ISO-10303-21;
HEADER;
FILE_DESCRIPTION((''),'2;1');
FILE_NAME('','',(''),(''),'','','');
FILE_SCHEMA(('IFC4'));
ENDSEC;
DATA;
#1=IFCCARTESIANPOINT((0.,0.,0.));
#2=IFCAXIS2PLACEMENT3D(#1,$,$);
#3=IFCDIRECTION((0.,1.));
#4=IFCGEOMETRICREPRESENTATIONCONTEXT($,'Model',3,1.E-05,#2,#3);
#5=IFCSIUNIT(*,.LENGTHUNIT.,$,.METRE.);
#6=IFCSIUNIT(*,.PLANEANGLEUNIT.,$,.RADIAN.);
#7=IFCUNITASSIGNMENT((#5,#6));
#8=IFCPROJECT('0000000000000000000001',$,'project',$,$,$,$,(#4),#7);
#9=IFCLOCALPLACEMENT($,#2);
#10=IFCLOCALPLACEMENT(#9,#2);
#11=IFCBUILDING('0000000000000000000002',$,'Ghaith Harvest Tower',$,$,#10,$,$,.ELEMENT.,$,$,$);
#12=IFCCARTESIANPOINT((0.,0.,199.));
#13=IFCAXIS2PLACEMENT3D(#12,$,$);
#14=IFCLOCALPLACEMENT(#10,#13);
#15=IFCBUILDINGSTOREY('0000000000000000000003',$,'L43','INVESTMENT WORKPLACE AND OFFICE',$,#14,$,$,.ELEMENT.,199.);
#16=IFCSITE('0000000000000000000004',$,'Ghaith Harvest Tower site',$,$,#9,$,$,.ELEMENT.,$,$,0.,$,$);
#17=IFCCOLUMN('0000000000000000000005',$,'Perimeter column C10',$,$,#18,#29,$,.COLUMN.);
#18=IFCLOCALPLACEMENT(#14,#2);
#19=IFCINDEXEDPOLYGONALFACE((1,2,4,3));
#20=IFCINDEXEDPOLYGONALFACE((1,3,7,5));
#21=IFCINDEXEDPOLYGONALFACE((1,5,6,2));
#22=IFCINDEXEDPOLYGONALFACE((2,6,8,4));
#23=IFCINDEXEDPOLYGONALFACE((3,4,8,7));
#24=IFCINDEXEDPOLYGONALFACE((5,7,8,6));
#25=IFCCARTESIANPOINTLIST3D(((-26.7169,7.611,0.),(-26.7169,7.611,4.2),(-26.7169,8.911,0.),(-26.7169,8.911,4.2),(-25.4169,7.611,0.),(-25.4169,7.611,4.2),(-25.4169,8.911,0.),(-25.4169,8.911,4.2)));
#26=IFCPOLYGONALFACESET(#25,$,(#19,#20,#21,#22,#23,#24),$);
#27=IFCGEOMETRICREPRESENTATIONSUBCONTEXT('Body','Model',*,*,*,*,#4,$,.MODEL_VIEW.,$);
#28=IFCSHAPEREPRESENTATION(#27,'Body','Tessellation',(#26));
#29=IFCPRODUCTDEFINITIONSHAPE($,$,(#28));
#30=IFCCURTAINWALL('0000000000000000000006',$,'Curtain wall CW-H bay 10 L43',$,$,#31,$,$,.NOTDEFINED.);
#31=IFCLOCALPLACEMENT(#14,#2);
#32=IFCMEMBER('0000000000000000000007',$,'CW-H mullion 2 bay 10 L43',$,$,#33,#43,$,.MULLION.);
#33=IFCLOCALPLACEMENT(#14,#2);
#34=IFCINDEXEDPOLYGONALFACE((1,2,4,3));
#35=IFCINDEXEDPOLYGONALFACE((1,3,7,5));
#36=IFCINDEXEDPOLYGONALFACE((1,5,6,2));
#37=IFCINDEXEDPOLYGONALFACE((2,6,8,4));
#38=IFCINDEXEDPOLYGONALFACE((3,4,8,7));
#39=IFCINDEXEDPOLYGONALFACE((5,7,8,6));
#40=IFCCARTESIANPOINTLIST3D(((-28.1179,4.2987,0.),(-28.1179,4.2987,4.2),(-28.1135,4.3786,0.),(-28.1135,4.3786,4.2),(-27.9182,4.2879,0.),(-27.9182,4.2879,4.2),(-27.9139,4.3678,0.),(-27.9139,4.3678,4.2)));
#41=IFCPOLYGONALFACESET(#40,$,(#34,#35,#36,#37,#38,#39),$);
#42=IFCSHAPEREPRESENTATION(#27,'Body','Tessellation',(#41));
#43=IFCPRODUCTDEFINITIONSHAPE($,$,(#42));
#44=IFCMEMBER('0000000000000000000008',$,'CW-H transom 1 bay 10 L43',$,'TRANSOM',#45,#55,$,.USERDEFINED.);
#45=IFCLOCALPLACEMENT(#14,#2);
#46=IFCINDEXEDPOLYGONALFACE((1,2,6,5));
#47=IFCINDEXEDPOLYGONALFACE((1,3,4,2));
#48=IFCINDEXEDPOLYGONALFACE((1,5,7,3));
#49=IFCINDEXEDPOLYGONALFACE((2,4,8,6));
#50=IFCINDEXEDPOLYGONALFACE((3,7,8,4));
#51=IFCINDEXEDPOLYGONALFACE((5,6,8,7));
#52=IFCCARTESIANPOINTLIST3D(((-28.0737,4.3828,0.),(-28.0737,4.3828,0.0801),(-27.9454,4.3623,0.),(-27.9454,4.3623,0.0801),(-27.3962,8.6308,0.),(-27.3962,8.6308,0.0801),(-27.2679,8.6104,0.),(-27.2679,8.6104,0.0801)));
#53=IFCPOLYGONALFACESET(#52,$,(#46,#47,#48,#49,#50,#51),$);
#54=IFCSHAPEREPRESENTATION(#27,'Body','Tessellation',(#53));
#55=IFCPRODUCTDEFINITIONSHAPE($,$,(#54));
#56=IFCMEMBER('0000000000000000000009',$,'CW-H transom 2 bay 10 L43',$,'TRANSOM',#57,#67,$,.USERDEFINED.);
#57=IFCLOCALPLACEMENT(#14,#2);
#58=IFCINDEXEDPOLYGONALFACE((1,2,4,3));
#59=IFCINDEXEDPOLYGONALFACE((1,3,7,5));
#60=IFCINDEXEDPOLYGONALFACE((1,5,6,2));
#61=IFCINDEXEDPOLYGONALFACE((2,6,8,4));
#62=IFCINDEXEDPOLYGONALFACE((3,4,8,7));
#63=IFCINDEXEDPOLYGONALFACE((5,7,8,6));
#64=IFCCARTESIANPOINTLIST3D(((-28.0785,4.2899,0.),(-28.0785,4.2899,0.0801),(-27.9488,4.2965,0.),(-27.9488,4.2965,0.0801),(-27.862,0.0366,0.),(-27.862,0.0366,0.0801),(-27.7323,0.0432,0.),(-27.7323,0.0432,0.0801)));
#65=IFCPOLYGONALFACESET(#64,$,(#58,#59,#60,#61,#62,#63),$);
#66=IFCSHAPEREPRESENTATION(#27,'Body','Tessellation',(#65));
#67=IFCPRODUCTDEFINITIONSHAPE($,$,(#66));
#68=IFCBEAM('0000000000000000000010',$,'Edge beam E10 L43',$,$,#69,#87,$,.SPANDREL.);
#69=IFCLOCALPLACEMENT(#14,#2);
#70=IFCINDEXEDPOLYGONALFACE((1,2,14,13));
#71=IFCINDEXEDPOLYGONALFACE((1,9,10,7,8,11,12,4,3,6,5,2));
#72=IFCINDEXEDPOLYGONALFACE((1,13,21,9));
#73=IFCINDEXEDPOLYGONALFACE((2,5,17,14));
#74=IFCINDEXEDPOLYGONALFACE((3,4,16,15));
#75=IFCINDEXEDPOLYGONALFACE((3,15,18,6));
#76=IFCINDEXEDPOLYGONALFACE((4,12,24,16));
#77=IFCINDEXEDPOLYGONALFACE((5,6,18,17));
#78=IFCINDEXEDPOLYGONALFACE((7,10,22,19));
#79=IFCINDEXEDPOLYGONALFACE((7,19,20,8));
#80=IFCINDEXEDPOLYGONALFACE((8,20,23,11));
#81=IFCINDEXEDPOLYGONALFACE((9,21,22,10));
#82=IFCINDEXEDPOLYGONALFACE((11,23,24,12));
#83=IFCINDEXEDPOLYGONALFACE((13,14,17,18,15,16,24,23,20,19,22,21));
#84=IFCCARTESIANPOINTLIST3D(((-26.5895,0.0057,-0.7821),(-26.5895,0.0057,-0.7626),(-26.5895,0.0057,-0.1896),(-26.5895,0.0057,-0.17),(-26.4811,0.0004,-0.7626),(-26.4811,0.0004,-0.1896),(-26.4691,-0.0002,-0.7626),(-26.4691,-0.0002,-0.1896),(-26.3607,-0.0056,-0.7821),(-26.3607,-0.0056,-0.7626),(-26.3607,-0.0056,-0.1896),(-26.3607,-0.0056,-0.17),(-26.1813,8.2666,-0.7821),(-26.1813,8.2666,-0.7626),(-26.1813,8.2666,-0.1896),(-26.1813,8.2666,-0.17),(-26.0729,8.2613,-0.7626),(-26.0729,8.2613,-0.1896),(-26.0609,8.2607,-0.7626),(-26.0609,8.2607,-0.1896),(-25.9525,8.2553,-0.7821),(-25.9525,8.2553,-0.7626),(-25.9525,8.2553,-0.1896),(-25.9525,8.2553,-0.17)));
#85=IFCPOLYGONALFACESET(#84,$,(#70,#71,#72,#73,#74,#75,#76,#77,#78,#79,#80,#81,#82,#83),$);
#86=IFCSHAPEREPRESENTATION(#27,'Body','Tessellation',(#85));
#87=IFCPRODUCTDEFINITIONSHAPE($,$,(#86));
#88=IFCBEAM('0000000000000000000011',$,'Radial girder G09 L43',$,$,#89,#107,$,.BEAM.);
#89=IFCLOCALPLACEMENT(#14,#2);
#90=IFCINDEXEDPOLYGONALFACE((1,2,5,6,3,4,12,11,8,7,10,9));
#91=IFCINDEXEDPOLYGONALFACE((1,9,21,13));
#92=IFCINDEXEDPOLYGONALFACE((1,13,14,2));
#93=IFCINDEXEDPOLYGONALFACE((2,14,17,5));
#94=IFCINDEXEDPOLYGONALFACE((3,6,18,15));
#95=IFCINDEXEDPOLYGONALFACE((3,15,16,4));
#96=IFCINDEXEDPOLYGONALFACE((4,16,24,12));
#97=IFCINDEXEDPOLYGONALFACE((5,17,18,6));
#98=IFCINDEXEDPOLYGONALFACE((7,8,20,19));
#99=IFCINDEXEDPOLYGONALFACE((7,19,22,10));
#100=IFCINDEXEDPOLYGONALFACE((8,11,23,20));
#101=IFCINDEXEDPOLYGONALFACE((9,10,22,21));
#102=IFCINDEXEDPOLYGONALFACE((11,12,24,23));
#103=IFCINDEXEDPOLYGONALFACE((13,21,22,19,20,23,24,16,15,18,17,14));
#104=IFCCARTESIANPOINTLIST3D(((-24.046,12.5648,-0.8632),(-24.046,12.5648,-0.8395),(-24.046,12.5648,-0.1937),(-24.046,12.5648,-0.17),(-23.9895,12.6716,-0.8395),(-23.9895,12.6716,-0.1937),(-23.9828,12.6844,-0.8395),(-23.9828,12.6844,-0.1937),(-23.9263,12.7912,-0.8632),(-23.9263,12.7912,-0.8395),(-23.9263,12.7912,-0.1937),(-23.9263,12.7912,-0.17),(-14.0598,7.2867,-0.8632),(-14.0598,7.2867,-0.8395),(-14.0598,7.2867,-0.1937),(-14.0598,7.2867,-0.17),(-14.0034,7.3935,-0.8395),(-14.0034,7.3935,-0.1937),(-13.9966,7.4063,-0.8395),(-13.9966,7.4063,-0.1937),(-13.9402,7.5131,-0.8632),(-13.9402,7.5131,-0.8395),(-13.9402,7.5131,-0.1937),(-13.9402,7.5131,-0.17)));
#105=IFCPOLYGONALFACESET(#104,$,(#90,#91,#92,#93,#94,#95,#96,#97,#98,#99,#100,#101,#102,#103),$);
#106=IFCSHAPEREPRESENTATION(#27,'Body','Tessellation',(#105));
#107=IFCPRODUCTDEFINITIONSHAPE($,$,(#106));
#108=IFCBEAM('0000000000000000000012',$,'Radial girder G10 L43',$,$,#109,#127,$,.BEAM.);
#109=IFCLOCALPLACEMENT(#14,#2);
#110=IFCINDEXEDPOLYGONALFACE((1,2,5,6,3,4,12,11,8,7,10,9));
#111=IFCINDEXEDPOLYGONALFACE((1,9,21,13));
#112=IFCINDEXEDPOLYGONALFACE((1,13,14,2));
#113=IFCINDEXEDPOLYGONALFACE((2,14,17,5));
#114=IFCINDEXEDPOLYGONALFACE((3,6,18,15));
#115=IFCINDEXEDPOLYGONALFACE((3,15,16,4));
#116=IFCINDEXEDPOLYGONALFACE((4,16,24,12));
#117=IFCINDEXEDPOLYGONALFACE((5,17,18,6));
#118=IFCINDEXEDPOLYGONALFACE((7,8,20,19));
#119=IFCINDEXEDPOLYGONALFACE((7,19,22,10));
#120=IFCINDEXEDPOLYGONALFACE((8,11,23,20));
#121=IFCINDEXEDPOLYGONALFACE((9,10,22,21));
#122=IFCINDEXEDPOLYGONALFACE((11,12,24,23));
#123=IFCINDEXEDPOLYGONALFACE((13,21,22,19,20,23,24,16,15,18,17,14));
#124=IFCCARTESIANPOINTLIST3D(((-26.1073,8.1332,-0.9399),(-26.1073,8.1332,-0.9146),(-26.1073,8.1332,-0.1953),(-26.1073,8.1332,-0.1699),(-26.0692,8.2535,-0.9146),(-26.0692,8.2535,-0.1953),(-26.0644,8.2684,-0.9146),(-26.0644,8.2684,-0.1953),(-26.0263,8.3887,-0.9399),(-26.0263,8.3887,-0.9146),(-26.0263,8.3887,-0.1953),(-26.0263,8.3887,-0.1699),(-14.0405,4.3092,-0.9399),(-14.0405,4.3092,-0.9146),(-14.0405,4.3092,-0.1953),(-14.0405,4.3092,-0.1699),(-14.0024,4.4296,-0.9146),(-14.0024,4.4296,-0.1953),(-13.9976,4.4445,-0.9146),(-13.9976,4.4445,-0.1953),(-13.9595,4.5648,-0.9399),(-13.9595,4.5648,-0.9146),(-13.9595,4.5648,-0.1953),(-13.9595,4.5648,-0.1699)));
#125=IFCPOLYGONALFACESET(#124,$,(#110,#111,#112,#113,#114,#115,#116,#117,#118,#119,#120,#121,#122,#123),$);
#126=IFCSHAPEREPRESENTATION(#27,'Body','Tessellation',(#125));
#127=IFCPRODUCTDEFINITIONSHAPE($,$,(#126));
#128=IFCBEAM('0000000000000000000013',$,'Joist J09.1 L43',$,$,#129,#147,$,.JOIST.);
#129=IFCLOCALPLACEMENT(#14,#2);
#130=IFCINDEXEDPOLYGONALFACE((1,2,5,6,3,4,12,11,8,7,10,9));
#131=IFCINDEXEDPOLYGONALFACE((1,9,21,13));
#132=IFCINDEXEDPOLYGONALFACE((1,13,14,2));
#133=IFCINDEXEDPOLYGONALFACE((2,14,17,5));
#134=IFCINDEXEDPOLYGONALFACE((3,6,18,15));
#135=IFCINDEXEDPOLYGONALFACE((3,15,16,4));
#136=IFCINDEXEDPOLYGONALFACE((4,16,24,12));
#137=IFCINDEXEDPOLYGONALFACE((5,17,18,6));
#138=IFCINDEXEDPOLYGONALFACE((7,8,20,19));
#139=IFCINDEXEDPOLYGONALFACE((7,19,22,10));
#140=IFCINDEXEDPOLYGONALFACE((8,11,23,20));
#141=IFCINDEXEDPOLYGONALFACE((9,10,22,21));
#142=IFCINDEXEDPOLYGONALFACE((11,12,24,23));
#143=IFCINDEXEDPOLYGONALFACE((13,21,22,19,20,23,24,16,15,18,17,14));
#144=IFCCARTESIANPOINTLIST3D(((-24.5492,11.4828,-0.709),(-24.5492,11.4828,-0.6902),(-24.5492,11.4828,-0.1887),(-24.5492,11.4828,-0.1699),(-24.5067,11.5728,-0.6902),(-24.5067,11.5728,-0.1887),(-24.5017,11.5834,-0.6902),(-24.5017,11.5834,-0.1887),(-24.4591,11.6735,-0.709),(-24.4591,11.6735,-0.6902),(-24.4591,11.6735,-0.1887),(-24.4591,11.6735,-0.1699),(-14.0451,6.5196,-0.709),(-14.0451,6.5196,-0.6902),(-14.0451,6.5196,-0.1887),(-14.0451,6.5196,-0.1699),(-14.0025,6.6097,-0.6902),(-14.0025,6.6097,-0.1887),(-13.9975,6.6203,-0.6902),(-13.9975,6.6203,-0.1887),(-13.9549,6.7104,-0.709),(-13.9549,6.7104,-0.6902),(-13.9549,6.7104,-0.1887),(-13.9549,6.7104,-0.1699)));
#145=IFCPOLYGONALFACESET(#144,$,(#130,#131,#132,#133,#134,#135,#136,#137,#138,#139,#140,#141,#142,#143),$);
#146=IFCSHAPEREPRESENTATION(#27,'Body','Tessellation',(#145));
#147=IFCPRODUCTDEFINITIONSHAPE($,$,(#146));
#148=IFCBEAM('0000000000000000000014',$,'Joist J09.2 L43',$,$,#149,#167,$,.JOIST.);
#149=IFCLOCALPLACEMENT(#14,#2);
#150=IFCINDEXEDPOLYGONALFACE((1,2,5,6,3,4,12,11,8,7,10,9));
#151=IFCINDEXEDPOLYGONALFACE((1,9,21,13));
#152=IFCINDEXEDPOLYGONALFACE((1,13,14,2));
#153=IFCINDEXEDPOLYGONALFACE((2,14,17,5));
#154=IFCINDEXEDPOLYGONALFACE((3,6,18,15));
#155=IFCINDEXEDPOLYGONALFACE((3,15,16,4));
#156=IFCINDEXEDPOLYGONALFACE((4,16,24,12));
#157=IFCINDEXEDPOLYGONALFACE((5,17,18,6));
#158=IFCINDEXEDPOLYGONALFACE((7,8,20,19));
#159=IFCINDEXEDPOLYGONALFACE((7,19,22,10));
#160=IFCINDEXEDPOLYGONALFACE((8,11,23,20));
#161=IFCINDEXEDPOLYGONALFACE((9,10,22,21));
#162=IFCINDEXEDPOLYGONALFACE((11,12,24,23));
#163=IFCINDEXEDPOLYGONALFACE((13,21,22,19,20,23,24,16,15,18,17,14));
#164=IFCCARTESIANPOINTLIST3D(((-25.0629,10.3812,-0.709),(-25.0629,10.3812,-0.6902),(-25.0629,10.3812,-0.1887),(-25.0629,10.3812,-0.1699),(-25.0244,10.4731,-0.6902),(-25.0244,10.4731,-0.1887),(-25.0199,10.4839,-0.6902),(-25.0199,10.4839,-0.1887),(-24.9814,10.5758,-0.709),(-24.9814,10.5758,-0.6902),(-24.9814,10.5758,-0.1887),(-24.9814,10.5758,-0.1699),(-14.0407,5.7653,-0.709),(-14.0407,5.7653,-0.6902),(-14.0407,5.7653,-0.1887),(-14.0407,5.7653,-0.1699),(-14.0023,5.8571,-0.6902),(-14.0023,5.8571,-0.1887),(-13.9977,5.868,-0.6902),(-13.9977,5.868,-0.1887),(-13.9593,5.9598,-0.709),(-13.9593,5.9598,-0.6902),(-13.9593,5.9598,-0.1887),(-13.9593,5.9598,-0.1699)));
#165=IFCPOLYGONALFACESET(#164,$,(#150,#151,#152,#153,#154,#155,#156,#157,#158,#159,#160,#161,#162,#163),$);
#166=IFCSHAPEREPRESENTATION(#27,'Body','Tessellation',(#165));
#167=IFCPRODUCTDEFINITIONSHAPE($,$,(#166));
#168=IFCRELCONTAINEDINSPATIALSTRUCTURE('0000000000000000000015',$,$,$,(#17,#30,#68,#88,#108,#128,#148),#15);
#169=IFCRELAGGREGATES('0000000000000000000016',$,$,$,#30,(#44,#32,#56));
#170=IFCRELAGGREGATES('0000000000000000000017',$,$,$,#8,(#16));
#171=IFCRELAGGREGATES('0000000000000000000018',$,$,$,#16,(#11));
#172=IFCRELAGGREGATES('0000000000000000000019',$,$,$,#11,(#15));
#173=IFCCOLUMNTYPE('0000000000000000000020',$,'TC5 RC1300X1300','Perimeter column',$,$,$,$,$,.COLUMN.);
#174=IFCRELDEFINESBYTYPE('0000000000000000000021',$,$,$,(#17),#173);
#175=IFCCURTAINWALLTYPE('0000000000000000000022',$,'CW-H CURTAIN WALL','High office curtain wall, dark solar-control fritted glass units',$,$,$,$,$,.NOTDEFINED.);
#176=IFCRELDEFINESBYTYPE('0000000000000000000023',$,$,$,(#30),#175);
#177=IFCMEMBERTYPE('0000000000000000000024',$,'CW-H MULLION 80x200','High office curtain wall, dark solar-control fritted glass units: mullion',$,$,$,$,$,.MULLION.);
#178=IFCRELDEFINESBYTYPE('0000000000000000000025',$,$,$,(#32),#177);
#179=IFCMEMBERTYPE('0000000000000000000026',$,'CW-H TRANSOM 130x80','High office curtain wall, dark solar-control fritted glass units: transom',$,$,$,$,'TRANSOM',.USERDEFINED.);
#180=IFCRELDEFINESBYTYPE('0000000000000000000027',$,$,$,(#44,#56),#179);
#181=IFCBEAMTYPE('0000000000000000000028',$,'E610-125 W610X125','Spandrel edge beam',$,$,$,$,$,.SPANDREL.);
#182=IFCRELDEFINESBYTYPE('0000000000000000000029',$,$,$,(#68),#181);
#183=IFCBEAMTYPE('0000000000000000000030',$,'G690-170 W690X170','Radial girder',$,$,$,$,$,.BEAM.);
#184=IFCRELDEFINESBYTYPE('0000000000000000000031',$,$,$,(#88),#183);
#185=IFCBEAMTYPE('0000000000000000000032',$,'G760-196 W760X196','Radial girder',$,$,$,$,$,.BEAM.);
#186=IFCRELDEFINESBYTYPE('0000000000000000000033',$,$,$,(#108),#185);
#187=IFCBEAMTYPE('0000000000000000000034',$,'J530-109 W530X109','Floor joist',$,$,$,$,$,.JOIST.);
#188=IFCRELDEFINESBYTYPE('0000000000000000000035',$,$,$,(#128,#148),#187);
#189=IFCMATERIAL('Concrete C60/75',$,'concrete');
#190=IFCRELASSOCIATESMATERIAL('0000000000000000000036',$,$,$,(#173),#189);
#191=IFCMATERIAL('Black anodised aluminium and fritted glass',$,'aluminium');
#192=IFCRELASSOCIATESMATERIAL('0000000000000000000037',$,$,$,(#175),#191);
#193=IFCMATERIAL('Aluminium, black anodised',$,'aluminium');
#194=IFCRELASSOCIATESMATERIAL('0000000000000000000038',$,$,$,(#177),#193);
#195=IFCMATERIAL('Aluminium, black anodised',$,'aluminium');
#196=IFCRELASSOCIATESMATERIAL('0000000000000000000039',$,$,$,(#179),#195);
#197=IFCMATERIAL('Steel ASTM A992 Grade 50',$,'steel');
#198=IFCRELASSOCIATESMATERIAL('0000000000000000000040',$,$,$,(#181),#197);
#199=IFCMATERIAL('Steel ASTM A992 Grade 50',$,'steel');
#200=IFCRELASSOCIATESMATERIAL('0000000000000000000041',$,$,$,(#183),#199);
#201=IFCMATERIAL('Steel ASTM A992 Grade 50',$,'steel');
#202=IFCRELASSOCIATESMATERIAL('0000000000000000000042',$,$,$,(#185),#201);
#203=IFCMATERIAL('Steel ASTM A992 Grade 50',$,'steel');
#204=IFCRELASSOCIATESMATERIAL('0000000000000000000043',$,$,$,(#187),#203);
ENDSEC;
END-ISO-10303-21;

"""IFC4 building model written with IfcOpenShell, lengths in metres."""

from ifc_helpers import new_model, si_unit, direction, frame, origin, origin_2d, place, context, subcontext, project, spatial, rectangle, i_section, extrude, material, material_profile, profile_set, type_object, element, aggregate, save


model = new_model("IFC4")

# Units and contexts
model_context = context("Model", 3, precision=1e-05, world=origin(), true_north=direction((0.0, 1.0)))
body_context = subcontext(model_context, "Body", "Model", "MODEL_VIEW")
ifc_project = project(units=[si_unit("LENGTHUNIT", "METRE"), si_unit("PLANEANGLEUNIT", "RADIAN")], contexts=[model_context])

# Site, building, storey
site_placement = place(None, origin())
site = spatial("IfcSite", under=ifc_project, at=site_placement, Name="Ghaith Harvest Tower site", CompositionType="ELEMENT", RefElevation=0.0)
building_placement = place(site_placement, origin())
building = spatial("IfcBuilding", under=site, at=building_placement, Name="Ghaith Harvest Tower", CompositionType="ELEMENT")
storey_placement = place(building_placement, frame((0.0, 0.0, 199.0)))
storey = spatial("IfcBuildingStorey", under=building, at=storey_placement, Name="L43", Description="INVESTMENT WORKPLACE AND OFFICE", CompositionType="ELEMENT", Elevation=199.0)

# Column
ifc_material_1 = material(Name="Concrete C60/75", Category="concrete")
ifc_material_profile_1 = material_profile(ifc_material_1, rectangle(XDim=1.3, YDim=1.3, at=origin_2d()), Name="RC1300X1300")
ifc_profile_set_1 = profile_set([ifc_material_profile_1], Name="Concrete C60/75")
column_type = type_object("IfcColumnType", Name="TC5 RC1300X1300", Description="Perimeter column", PredefinedType="COLUMN", material=ifc_profile_set_1)
column_placement = place(storey_placement, frame((-26.0669, 8.261, 0.0), z_axis=(0.0, 0.0, 1.0), x_axis=(1.0, 0.0, 0.0)))
element("IfcColumn", 1, at=column_placement, inside=storey, type_object=column_type, Name="Perimeter column C10", PredefinedType="COLUMN", context=body_context, shape_type="SweptSolid", body=[
    extrude(rectangle(XDim=1.3, YDim=1.3, at=origin_2d()), origin(), (0.0, 0.0, 1.0), 4.2),
])

# Curtain wall, members
ifc_material_2 = material(Name="Black anodised aluminium and fritted glass", Category="aluminium")
curtain_wall_type = type_object("IfcCurtainWallType", Name="CW-H CURTAIN WALL", Description="High office curtain wall, dark solar-control fritted glass units", PredefinedType="NOTDEFINED", material=ifc_material_2)
curtain_wall_placement = place(storey_placement, origin())
curtain_wall = element("IfcCurtainWall", 2, at=curtain_wall_placement, inside=storey, type_object=curtain_wall_type, Name="Curtain wall CW-H bay 10 L43", PredefinedType="NOTDEFINED")
ifc_material_3 = material(Name="Aluminium, black anodised", Category="aluminium")
ifc_material_profile_2 = material_profile(ifc_material_3, rectangle(XDim=0.0801, YDim=0.2, at=origin_2d()), Name="CW-H MULLION 80x200")
ifc_profile_set_2 = profile_set([ifc_material_profile_2], Name="Aluminium, black anodised")
member_type_1 = type_object("IfcMemberType", Name="CW-H MULLION 80x200", Description="High office curtain wall, dark solar-control fritted glass units: mullion", PredefinedType="MULLION", material=ifc_profile_set_2)
member_1_placement = place(storey_placement, frame((-28.0159, 4.3333, 0.0), z_axis=(0.0, 0.0, 1.0), x_axis=(-0.054116, -0.998535, 0.0)))
member_1 = element("IfcMember", 3, at=member_1_placement, type_object=member_type_1, Name="CW-H mullion 2 bay 10 L43", PredefinedType="MULLION", context=body_context, shape_type="SweptSolid", body=[
    extrude(rectangle(XDim=0.0801, YDim=0.2, at=origin_2d()), origin(), (0.0, 0.0, 1.0), 4.2),
])
ifc_material_4 = material(Name="Aluminium, black anodised", Category="aluminium")
ifc_material_profile_3 = material_profile(ifc_material_4, rectangle(XDim=0.1299, YDim=0.0801, at=origin_2d()), Name="CW-H TRANSOM 130x80")
ifc_profile_set_3 = profile_set([ifc_material_profile_3], Name="Aluminium, black anodised")
member_type_2 = type_object("IfcMemberType", Name="CW-H TRANSOM 130x80", Description="High office curtain wall, dark solar-control fritted glass units: transom", ElementType="TRANSOM", PredefinedType="USERDEFINED", material=ifc_profile_set_3)
member_2_placement = place(storey_placement, frame((-27.332, 8.6206, 0.04), z_axis=(-0.157492, -0.98752, 0.0), x_axis=(0.98752, -0.157492, 0.0)))
member_2 = element("IfcMember", 4, at=member_2_placement, type_object=member_type_2, Name="CW-H transom 1 bay 10 L43", ObjectType="TRANSOM", PredefinedType="USERDEFINED", context=body_context, shape_type="SweptSolid", body=[
    extrude(rectangle(XDim=0.1299, YDim=0.0801, at=origin_2d()), origin(), (0.0, 0.0, 1.0), 4.3018),
])
member_3_placement = place(storey_placement, frame((-28.0137, 4.2932, 0.04), z_axis=(0.05085, -0.998706, 0.0), x_axis=(0.998706, 0.05085, 0.0)))
member_3 = element("IfcMember", 5, at=member_3_placement, type_object=member_type_2, Name="CW-H transom 2 bay 10 L43", ObjectType="TRANSOM", PredefinedType="USERDEFINED", context=body_context, shape_type="SweptSolid", body=[
    extrude(rectangle(XDim=0.1299, YDim=0.0801, at=origin_2d()), origin(), (0.0, 0.0, 1.0), 4.2588),
])

# Beams
ifc_material_5 = material(Name="Steel ASTM A992 Grade 50", Category="steel")
ifc_material_profile_4 = material_profile(ifc_material_5, i_section(OverallWidth=0.229, OverallDepth=0.6121, WebThickness=0.012, FlangeThickness=0.0195, at=origin_2d()), Name="W610X125")
ifc_profile_set_4 = profile_set([ifc_material_profile_4], Name="Steel ASTM A992 Grade 50")
beam_type_1 = type_object("IfcBeamType", Name="E610-125 W610X125", Description="Spandrel edge beam", PredefinedType="SPANDREL", material=ifc_profile_set_4)
beam_1_placement = place(storey_placement, frame((-26.0669, 8.261, -0.4761), z_axis=(-0.049353, -0.998781, 0.0), x_axis=(0.998781, -0.049353, 0.0)))
element("IfcBeam", 6, at=beam_1_placement, inside=storey, type_object=beam_type_1, Name="Edge beam E10 L43", PredefinedType="SPANDREL", context=body_context, shape_type="SweptSolid", body=[
    extrude(i_section(OverallWidth=0.229, OverallDepth=0.6121, WebThickness=0.012, FlangeThickness=0.0195, at=origin_2d()), origin(), (0.0, 0.0, 1.0), 8.271),
])
ifc_material_6 = material(Name="Steel ASTM A992 Grade 50", Category="steel")
ifc_material_profile_5 = material_profile(ifc_material_6, i_section(OverallWidth=0.2561, OverallDepth=0.6931, WebThickness=0.0144, FlangeThickness=0.0237, at=origin_2d()), Name="W690X170")
ifc_profile_set_5 = profile_set([ifc_material_profile_5], Name="Steel ASTM A992 Grade 50")
beam_type_2 = type_object("IfcBeamType", Name="G690-170 W690X170", Description="Radial girder", PredefinedType="BEAM", material=ifc_profile_set_5)
beam_2_placement = place(storey_placement, frame((-14.0, 7.3999, -0.5166), z_axis=(-0.884105, 0.467288, 0.0), x_axis=(-0.467288, -0.884105, 0.0)))
element("IfcBeam", 7, at=beam_2_placement, inside=storey, type_object=beam_type_2, Name="Radial girder G09 L43", PredefinedType="BEAM", context=body_context, shape_type="SweptSolid", body=[
    extrude(i_section(OverallWidth=0.2561, OverallDepth=0.6931, WebThickness=0.0144, FlangeThickness=0.0237, at=origin_2d()), origin(), (0.0, 0.0, 1.0), 11.2952),
])
ifc_material_7 = material(Name="Steel ASTM A992 Grade 50", Category="steel")
ifc_material_profile_6 = material_profile(ifc_material_7, i_section(OverallWidth=0.2681, OverallDepth=0.77, WebThickness=0.0156, FlangeThickness=0.0254, at=origin_2d()), Name="W760X196")
ifc_profile_set_6 = profile_set([ifc_material_profile_6], Name="Steel ASTM A992 Grade 50")
beam_type_3 = type_object("IfcBeamType", Name="G760-196 W760X196", Description="Radial girder", PredefinedType="BEAM", material=ifc_profile_set_6)
beam_3_placement = place(storey_placement, frame((-14.0, 4.437, -0.5549), z_axis=(-0.953279, 0.302092, 0.0), x_axis=(-0.302092, -0.953279, 0.0)))
element("IfcBeam", 8, at=beam_3_placement, inside=storey, type_object=beam_type_3, Name="Radial girder G10 L43", PredefinedType="BEAM", context=body_context, shape_type="SweptSolid", body=[
    extrude(i_section(OverallWidth=0.2681, OverallDepth=0.77, WebThickness=0.0156, FlangeThickness=0.0254, at=origin_2d()), origin(), (0.0, 0.0, 1.0), 12.6582),
])
ifc_material_8 = material(Name="Steel ASTM A992 Grade 50", Category="steel")
ifc_material_profile_7 = material_profile(ifc_material_8, i_section(OverallWidth=0.2109, OverallDepth=0.5391, WebThickness=0.0117, FlangeThickness=0.0188, at=origin_2d()), Name="W530X109")
ifc_profile_set_7 = profile_set([ifc_material_profile_7], Name="Steel ASTM A992 Grade 50")
beam_type_4 = type_object("IfcBeamType", Name="J530-109 W530X109", Description="Floor joist", PredefinedType="JOIST", material=ifc_profile_set_7)
beam_4_placement = place(storey_placement, frame((-14.0, 6.615, -0.4395), z_axis=(-0.904154, 0.427206, 0.0), x_axis=(-0.427206, -0.904154, 0.0)))
element("IfcBeam", 9, at=beam_4_placement, inside=storey, type_object=beam_type_4, Name="Joist J09.1 L43", PredefinedType="JOIST", context=body_context, shape_type="SweptSolid", body=[
    extrude(i_section(OverallWidth=0.2109, OverallDepth=0.5391, WebThickness=0.0117, FlangeThickness=0.0188, at=origin_2d()), origin(), (0.0, 0.0, 1.0), 11.6177),
])
beam_5_placement = place(storey_placement, frame((-14.0, 5.8625, -0.4395), z_axis=(-0.922381, 0.386282, 0.0), x_axis=(-0.386282, -0.922381, 0.0)))
element("IfcBeam", 10, at=beam_5_placement, inside=storey, type_object=beam_type_4, Name="Joist J09.2 L43", PredefinedType="JOIST", context=body_context, shape_type="SweptSolid", body=[
    extrude(i_section(OverallWidth=0.2109, OverallDepth=0.5391, WebThickness=0.0117, FlangeThickness=0.0188, at=origin_2d()), origin(), (0.0, 0.0, 1.0), 11.9497),
])

aggregate(curtain_wall, [member_2, member_1, member_3])

save(model, "model.ifc")
